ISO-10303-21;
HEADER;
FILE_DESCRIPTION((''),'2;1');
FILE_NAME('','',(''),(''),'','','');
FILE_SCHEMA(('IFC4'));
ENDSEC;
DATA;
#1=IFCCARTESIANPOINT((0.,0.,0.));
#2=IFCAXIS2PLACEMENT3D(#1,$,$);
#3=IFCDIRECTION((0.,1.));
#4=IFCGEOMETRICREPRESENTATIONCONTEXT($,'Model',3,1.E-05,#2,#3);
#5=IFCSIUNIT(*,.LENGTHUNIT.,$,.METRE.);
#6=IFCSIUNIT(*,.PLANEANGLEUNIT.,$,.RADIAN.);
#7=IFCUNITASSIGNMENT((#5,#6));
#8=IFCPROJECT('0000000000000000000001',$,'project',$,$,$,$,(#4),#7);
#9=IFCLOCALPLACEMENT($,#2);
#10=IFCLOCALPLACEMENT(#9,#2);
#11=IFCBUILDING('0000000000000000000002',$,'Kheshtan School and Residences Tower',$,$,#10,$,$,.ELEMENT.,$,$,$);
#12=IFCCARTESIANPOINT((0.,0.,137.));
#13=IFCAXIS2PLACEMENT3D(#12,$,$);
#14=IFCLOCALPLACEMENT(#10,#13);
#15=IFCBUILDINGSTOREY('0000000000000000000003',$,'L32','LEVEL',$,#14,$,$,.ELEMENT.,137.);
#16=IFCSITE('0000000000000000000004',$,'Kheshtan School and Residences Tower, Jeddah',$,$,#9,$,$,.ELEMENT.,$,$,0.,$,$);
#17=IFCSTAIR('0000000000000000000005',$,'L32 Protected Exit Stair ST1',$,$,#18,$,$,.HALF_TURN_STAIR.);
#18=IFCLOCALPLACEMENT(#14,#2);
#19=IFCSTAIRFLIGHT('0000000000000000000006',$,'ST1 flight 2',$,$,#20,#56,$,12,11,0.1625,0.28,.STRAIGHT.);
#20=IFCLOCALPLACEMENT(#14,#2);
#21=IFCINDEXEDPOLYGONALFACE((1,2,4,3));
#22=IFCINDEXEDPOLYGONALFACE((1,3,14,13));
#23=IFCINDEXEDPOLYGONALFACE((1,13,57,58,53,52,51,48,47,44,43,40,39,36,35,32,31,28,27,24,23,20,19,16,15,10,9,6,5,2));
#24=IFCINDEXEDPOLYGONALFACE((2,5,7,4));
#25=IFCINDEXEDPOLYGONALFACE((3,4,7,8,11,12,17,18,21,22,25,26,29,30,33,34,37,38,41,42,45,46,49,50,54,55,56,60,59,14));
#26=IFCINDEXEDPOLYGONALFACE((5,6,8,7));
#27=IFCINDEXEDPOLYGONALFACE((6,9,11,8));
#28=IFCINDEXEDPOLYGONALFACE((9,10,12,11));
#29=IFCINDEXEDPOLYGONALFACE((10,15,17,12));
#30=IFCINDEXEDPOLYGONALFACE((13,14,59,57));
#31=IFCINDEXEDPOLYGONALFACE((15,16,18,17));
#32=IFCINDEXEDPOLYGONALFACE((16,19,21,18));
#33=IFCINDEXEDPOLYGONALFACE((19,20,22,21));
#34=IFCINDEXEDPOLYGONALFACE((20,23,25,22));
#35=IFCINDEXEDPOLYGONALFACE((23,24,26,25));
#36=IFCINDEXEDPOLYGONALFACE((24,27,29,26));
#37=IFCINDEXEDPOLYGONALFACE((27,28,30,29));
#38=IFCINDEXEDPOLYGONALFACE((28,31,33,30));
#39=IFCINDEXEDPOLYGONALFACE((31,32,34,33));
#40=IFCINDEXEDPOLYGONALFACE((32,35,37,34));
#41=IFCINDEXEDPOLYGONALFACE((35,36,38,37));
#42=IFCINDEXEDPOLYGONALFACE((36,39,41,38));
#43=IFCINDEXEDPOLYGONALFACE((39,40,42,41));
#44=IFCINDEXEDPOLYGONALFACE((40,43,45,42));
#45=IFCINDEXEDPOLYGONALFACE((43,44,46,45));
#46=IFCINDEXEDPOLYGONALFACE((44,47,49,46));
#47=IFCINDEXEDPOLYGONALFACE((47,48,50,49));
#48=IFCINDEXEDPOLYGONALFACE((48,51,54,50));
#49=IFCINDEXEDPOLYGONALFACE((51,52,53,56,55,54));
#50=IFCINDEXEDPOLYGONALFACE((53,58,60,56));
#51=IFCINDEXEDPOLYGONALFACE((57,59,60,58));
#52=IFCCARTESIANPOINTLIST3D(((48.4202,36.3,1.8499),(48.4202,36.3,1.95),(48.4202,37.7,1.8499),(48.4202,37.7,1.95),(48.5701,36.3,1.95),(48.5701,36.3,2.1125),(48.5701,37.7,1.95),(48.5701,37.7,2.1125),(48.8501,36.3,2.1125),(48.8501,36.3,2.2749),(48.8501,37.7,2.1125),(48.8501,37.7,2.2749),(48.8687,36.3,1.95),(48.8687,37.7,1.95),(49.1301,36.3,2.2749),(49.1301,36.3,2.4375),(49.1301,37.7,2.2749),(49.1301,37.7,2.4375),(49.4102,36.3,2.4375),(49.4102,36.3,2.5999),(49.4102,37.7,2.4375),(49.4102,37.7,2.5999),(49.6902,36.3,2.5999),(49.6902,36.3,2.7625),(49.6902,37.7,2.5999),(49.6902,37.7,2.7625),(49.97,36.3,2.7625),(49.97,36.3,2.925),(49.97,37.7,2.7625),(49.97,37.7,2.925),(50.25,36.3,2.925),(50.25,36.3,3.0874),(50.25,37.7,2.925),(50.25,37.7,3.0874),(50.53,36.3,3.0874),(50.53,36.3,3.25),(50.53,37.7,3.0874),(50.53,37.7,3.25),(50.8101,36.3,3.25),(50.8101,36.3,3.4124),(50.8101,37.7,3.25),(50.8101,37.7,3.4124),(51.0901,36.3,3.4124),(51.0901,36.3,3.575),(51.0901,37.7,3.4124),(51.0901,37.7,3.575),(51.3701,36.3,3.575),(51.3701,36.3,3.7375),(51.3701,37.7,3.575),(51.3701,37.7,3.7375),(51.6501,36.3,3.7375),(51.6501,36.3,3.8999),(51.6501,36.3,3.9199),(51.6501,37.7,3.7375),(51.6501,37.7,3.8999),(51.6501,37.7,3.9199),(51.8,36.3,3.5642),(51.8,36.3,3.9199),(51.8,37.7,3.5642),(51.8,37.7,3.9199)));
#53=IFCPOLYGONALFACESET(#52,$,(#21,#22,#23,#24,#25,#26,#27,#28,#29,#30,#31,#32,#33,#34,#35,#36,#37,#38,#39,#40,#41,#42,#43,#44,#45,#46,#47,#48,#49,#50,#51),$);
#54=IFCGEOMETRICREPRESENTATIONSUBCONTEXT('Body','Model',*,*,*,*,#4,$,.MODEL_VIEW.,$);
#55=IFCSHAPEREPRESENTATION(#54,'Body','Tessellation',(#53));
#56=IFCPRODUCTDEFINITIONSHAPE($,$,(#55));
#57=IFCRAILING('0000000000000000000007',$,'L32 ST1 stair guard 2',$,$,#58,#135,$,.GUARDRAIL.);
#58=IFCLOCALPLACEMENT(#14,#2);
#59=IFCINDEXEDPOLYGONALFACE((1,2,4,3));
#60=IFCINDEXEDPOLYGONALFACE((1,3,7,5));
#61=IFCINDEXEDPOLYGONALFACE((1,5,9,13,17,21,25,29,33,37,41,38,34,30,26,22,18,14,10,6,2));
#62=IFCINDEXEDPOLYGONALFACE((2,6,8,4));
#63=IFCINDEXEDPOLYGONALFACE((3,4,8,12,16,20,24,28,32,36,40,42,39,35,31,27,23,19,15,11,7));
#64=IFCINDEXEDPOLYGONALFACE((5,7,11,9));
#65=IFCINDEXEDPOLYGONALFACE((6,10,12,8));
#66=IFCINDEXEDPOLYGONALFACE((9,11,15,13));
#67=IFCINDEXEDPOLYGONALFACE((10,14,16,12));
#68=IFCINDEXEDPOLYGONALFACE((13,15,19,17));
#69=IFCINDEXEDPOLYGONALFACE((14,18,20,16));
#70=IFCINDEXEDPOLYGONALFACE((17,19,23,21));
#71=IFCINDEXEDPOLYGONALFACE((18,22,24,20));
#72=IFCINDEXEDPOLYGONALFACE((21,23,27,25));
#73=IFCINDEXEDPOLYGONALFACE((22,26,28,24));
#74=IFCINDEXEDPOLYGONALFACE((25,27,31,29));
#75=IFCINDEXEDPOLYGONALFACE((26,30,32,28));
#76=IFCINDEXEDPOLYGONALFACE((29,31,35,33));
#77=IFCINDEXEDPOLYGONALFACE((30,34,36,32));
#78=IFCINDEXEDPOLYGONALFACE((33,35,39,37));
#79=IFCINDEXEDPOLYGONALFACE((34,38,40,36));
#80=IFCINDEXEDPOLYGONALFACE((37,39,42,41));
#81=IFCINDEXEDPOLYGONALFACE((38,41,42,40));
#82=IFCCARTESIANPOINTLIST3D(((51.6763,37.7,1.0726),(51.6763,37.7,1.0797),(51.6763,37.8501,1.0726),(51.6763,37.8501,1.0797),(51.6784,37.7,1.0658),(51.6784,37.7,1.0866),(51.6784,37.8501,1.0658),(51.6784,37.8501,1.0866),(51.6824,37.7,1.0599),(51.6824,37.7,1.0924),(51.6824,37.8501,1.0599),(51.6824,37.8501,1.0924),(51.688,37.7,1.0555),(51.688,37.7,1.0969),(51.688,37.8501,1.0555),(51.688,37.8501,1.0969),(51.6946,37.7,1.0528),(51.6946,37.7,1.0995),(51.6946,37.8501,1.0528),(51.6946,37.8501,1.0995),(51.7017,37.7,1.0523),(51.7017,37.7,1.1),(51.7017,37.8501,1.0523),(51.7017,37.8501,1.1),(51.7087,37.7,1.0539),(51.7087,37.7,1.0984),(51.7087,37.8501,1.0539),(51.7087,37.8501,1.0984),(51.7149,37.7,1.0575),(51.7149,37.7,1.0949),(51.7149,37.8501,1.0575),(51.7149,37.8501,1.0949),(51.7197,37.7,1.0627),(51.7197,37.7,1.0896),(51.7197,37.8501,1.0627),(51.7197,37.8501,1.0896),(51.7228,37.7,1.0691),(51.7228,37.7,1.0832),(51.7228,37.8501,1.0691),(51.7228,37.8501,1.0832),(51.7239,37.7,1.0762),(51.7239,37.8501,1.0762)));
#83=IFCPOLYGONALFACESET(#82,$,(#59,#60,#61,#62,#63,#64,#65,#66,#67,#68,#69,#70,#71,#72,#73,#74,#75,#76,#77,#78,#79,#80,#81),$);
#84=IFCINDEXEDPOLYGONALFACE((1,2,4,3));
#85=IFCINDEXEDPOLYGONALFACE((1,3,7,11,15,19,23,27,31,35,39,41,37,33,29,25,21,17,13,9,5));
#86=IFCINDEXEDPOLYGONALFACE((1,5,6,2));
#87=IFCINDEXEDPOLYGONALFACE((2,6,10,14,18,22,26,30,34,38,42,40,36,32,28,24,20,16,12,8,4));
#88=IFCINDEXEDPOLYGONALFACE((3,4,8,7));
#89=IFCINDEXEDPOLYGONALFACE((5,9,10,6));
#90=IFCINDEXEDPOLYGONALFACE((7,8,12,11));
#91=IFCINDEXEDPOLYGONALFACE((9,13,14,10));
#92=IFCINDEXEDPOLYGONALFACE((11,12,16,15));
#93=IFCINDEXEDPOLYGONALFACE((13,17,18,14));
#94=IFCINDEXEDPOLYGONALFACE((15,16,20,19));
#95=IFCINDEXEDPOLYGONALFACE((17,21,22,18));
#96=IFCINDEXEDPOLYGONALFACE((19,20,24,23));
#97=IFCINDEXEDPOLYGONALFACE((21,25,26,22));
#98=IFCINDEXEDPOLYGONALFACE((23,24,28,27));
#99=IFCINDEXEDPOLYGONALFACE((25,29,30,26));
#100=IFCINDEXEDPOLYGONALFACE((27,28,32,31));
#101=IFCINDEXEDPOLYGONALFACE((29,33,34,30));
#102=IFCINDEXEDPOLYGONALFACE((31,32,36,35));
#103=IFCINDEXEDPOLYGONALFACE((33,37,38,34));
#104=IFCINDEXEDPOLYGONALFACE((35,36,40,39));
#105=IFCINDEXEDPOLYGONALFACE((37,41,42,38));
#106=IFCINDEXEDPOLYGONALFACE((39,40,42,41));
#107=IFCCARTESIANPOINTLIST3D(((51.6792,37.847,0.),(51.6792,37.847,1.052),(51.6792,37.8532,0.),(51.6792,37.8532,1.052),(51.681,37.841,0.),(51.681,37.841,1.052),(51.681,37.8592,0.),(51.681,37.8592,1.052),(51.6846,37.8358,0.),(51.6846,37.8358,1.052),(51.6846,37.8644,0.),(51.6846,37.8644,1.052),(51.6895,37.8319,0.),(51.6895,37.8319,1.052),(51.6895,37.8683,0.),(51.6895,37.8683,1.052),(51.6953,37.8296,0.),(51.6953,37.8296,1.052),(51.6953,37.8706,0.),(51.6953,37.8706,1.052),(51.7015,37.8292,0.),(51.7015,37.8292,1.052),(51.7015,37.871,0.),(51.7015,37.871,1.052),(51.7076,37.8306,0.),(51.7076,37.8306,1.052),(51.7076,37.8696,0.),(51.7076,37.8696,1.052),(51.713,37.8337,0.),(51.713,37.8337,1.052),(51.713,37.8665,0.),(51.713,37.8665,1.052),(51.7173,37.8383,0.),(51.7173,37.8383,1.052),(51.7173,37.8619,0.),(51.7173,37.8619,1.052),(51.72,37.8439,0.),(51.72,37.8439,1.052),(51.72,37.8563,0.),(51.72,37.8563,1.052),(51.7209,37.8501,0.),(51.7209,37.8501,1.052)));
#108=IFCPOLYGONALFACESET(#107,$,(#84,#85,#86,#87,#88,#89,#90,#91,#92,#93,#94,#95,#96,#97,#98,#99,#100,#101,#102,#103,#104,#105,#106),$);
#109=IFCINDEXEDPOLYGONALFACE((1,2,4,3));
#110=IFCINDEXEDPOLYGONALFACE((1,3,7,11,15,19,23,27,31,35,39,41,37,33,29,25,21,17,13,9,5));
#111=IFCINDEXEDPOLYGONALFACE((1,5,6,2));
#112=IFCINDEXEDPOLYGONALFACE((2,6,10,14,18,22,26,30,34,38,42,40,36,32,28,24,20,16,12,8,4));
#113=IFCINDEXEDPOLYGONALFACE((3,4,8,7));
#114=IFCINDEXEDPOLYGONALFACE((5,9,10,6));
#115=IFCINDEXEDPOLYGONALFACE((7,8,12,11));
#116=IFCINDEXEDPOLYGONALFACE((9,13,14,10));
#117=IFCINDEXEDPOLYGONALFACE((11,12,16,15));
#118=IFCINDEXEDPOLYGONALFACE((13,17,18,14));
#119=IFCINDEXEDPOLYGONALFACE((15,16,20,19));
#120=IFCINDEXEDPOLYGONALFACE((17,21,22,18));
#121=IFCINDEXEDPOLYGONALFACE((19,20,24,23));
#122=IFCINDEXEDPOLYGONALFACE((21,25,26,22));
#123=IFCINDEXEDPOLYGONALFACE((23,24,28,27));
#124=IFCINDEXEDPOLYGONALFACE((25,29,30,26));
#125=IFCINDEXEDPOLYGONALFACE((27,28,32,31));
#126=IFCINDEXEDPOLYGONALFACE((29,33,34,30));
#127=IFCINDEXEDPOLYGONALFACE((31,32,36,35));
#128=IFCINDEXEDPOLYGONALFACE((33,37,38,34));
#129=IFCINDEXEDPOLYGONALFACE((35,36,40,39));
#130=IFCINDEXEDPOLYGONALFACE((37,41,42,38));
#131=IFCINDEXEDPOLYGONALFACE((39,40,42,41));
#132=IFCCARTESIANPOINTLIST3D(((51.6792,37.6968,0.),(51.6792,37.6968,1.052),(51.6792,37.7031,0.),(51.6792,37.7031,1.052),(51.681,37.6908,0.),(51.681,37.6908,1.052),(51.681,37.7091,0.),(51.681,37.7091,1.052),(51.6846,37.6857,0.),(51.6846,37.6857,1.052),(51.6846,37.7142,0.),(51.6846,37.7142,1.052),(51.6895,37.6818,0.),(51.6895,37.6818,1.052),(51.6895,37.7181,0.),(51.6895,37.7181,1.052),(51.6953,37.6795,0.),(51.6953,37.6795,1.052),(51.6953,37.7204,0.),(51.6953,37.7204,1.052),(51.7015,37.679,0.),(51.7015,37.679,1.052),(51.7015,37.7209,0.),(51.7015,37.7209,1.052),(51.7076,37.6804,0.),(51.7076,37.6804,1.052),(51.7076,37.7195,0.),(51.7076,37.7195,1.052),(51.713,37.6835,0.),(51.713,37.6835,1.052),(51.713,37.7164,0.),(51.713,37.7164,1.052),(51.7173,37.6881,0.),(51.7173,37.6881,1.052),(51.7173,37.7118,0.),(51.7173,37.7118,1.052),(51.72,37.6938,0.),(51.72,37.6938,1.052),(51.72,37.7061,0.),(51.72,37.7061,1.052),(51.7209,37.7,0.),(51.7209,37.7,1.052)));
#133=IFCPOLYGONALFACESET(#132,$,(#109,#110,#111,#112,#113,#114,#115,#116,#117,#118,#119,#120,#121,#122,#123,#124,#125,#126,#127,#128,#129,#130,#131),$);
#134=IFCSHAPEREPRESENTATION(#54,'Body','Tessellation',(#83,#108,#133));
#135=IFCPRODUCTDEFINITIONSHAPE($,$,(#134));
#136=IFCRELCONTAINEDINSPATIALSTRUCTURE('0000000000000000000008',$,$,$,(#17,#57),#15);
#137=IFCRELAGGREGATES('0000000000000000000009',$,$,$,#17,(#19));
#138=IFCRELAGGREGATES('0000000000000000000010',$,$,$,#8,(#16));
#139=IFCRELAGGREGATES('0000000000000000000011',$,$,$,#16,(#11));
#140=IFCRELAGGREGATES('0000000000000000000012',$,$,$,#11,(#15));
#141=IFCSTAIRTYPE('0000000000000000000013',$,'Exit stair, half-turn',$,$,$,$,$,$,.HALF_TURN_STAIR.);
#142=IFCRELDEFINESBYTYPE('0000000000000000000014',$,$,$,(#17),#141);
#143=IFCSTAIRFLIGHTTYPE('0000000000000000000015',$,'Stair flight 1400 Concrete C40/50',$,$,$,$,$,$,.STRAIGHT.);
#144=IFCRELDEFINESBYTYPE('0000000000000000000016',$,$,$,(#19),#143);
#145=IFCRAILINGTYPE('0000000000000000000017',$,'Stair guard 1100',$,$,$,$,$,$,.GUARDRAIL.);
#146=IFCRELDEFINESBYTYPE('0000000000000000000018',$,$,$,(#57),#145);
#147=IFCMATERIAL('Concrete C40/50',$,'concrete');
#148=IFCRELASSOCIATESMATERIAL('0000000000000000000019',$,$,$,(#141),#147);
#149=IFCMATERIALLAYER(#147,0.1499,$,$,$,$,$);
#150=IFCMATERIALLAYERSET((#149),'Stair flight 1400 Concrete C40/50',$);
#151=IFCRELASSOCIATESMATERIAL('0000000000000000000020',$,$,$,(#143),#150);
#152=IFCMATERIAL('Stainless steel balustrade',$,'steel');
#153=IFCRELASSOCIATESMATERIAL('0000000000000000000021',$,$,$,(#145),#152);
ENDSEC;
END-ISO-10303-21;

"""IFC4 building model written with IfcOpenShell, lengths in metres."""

from ifc_helpers import new_model, si_unit, direction, frame, origin, origin_2d, place, context, subcontext, project, spatial, polyline, circle, outline, extrude, material, layer, layer_set, type_object, element, aggregate, save


model = new_model("IFC4")

# Units and contexts
model_context = context("Model", 3, precision=1e-05, world=origin(), true_north=direction((0.0, 1.0)))
body_context = subcontext(model_context, "Body", "Model", "MODEL_VIEW")
ifc_project = project(units=[si_unit("LENGTHUNIT", "METRE"), si_unit("PLANEANGLEUNIT", "RADIAN")], contexts=[model_context])

# Site, building, storey
site_placement = place(None, origin())
site = spatial("IfcSite", under=ifc_project, at=site_placement, Name="Kheshtan School and Residences Tower, Jeddah", CompositionType="ELEMENT", RefElevation=0.0)
building_placement = place(site_placement, origin())
building = spatial("IfcBuilding", under=site, at=building_placement, Name="Kheshtan School and Residences Tower", CompositionType="ELEMENT")
storey_placement = place(building_placement, frame((0.0, 0.0, 137.0)))
storey = spatial("IfcBuildingStorey", under=building, at=storey_placement, Name="L32", Description="LEVEL", CompositionType="ELEMENT", Elevation=137.0)

# Shared definitions
ifc_material_1 = material(Name="Concrete C40/50", Category="concrete")

# Stair, stair flight
stair_type = type_object("IfcStairType", Name="Exit stair, half-turn", PredefinedType="HALF_TURN_STAIR", material=ifc_material_1)
stair_placement = place(storey_placement, origin())
stair = element("IfcStair", 1, at=stair_placement, inside=storey, type_object=stair_type, Name="L32 Protected Exit Stair ST1", PredefinedType="HALF_TURN_STAIR")
ifc_layer_1 = layer(ifc_material_1, 0.1499)
ifc_layer_set_1 = layer_set([ifc_layer_1], Name="Stair flight 1400 Concrete C40/50")
stair_flight_type = type_object("IfcStairFlightType", Name="Stair flight 1400 Concrete C40/50", PredefinedType="STRAIGHT", material=ifc_layer_set_1)
stair_flight_1_placement = place(storey_placement, frame((48.5701, 37.0, 1.95), z_axis=(0.0, 0.0, 1.0), x_axis=(1.0, 0.0, 0.0)))
stair_flight_1 = element("IfcStairFlight", 2, at=stair_flight_1_placement, type_object=stair_flight_type, Name="ST1 flight 2", NumberOfRisers=12, NumberOfTreads=11, PredefinedType="STRAIGHT", RiserHeight=0.1625, TreadLength=0.28, context=body_context, shape_type="SweptSolid", body=[
    extrude(outline(polyline([(-0.1499, -0.1001), (-0.1499, 0.0), (0.0, 0.0), (0.0, 0.1626), (0.28, 0.1626), (0.28, 0.325), (0.5601, 0.325), (0.5601, 0.4875), (0.8401, 0.4875), (0.8401, 0.6499), (1.1201, 0.6499), (1.1201, 0.8125), (1.3999, 0.8125), (1.3999, 0.9751), (1.6799, 0.9751), (1.6799, 1.1375), (1.96, 1.1375), (1.96, 1.3), (2.24, 1.3), (2.24, 1.4624), (2.52, 1.4624), (2.52, 1.625), (2.8, 1.625), (2.8, 1.7876), (3.0801, 1.7876), (3.0801, 1.95), (3.0801, 1.97), (3.23, 1.97), (3.23, 1.6143), (0.2986, 0.0), (-0.1499, -0.1001)])), frame((0.0, 0.7, 0.0), z_axis=(0.0, -1.0, 0.0), x_axis=(1.0, 0.0, 0.0)), (0.0, 0.0, 1.0), 1.3999),
])
aggregate(stair, [stair_flight_1])

# Railing
ifc_material_2 = material(Name="Stainless steel balustrade", Category="steel")
railing_type_1 = type_object("IfcRailingType", Name="Stair guard 1100", PredefinedType="GUARDRAIL", material=ifc_material_2)
railing_1_placement = place(storey_placement, frame((51.7, 37.8501, 0.0)))
element("IfcRailing", 3, at=railing_1_placement, inside=storey, type_object=railing_type_1, Name="L32 ST1 stair guard 2", PredefinedType="GUARDRAIL", context=body_context, shape_type="SweptSolid", body=[
    extrude(circle(Radius=0.0239, at=origin_2d()), frame((0.0, 0.0, 1.0762), z_axis=(0.0, -1.0, 0.0), x_axis=(1.0, 0.0, 0.0)), (0.0, 0.0, 1.0), 0.1501),
    extrude(circle(Radius=0.021, at=origin_2d()), origin(), (0.0, 0.0, 1.0), 1.052),
    extrude(circle(Radius=0.021, at=origin_2d()), frame((0.0, -0.1501, 0.0)), (0.0, 0.0, 1.0), 1.052),
])

save(model, "model.ifc")
